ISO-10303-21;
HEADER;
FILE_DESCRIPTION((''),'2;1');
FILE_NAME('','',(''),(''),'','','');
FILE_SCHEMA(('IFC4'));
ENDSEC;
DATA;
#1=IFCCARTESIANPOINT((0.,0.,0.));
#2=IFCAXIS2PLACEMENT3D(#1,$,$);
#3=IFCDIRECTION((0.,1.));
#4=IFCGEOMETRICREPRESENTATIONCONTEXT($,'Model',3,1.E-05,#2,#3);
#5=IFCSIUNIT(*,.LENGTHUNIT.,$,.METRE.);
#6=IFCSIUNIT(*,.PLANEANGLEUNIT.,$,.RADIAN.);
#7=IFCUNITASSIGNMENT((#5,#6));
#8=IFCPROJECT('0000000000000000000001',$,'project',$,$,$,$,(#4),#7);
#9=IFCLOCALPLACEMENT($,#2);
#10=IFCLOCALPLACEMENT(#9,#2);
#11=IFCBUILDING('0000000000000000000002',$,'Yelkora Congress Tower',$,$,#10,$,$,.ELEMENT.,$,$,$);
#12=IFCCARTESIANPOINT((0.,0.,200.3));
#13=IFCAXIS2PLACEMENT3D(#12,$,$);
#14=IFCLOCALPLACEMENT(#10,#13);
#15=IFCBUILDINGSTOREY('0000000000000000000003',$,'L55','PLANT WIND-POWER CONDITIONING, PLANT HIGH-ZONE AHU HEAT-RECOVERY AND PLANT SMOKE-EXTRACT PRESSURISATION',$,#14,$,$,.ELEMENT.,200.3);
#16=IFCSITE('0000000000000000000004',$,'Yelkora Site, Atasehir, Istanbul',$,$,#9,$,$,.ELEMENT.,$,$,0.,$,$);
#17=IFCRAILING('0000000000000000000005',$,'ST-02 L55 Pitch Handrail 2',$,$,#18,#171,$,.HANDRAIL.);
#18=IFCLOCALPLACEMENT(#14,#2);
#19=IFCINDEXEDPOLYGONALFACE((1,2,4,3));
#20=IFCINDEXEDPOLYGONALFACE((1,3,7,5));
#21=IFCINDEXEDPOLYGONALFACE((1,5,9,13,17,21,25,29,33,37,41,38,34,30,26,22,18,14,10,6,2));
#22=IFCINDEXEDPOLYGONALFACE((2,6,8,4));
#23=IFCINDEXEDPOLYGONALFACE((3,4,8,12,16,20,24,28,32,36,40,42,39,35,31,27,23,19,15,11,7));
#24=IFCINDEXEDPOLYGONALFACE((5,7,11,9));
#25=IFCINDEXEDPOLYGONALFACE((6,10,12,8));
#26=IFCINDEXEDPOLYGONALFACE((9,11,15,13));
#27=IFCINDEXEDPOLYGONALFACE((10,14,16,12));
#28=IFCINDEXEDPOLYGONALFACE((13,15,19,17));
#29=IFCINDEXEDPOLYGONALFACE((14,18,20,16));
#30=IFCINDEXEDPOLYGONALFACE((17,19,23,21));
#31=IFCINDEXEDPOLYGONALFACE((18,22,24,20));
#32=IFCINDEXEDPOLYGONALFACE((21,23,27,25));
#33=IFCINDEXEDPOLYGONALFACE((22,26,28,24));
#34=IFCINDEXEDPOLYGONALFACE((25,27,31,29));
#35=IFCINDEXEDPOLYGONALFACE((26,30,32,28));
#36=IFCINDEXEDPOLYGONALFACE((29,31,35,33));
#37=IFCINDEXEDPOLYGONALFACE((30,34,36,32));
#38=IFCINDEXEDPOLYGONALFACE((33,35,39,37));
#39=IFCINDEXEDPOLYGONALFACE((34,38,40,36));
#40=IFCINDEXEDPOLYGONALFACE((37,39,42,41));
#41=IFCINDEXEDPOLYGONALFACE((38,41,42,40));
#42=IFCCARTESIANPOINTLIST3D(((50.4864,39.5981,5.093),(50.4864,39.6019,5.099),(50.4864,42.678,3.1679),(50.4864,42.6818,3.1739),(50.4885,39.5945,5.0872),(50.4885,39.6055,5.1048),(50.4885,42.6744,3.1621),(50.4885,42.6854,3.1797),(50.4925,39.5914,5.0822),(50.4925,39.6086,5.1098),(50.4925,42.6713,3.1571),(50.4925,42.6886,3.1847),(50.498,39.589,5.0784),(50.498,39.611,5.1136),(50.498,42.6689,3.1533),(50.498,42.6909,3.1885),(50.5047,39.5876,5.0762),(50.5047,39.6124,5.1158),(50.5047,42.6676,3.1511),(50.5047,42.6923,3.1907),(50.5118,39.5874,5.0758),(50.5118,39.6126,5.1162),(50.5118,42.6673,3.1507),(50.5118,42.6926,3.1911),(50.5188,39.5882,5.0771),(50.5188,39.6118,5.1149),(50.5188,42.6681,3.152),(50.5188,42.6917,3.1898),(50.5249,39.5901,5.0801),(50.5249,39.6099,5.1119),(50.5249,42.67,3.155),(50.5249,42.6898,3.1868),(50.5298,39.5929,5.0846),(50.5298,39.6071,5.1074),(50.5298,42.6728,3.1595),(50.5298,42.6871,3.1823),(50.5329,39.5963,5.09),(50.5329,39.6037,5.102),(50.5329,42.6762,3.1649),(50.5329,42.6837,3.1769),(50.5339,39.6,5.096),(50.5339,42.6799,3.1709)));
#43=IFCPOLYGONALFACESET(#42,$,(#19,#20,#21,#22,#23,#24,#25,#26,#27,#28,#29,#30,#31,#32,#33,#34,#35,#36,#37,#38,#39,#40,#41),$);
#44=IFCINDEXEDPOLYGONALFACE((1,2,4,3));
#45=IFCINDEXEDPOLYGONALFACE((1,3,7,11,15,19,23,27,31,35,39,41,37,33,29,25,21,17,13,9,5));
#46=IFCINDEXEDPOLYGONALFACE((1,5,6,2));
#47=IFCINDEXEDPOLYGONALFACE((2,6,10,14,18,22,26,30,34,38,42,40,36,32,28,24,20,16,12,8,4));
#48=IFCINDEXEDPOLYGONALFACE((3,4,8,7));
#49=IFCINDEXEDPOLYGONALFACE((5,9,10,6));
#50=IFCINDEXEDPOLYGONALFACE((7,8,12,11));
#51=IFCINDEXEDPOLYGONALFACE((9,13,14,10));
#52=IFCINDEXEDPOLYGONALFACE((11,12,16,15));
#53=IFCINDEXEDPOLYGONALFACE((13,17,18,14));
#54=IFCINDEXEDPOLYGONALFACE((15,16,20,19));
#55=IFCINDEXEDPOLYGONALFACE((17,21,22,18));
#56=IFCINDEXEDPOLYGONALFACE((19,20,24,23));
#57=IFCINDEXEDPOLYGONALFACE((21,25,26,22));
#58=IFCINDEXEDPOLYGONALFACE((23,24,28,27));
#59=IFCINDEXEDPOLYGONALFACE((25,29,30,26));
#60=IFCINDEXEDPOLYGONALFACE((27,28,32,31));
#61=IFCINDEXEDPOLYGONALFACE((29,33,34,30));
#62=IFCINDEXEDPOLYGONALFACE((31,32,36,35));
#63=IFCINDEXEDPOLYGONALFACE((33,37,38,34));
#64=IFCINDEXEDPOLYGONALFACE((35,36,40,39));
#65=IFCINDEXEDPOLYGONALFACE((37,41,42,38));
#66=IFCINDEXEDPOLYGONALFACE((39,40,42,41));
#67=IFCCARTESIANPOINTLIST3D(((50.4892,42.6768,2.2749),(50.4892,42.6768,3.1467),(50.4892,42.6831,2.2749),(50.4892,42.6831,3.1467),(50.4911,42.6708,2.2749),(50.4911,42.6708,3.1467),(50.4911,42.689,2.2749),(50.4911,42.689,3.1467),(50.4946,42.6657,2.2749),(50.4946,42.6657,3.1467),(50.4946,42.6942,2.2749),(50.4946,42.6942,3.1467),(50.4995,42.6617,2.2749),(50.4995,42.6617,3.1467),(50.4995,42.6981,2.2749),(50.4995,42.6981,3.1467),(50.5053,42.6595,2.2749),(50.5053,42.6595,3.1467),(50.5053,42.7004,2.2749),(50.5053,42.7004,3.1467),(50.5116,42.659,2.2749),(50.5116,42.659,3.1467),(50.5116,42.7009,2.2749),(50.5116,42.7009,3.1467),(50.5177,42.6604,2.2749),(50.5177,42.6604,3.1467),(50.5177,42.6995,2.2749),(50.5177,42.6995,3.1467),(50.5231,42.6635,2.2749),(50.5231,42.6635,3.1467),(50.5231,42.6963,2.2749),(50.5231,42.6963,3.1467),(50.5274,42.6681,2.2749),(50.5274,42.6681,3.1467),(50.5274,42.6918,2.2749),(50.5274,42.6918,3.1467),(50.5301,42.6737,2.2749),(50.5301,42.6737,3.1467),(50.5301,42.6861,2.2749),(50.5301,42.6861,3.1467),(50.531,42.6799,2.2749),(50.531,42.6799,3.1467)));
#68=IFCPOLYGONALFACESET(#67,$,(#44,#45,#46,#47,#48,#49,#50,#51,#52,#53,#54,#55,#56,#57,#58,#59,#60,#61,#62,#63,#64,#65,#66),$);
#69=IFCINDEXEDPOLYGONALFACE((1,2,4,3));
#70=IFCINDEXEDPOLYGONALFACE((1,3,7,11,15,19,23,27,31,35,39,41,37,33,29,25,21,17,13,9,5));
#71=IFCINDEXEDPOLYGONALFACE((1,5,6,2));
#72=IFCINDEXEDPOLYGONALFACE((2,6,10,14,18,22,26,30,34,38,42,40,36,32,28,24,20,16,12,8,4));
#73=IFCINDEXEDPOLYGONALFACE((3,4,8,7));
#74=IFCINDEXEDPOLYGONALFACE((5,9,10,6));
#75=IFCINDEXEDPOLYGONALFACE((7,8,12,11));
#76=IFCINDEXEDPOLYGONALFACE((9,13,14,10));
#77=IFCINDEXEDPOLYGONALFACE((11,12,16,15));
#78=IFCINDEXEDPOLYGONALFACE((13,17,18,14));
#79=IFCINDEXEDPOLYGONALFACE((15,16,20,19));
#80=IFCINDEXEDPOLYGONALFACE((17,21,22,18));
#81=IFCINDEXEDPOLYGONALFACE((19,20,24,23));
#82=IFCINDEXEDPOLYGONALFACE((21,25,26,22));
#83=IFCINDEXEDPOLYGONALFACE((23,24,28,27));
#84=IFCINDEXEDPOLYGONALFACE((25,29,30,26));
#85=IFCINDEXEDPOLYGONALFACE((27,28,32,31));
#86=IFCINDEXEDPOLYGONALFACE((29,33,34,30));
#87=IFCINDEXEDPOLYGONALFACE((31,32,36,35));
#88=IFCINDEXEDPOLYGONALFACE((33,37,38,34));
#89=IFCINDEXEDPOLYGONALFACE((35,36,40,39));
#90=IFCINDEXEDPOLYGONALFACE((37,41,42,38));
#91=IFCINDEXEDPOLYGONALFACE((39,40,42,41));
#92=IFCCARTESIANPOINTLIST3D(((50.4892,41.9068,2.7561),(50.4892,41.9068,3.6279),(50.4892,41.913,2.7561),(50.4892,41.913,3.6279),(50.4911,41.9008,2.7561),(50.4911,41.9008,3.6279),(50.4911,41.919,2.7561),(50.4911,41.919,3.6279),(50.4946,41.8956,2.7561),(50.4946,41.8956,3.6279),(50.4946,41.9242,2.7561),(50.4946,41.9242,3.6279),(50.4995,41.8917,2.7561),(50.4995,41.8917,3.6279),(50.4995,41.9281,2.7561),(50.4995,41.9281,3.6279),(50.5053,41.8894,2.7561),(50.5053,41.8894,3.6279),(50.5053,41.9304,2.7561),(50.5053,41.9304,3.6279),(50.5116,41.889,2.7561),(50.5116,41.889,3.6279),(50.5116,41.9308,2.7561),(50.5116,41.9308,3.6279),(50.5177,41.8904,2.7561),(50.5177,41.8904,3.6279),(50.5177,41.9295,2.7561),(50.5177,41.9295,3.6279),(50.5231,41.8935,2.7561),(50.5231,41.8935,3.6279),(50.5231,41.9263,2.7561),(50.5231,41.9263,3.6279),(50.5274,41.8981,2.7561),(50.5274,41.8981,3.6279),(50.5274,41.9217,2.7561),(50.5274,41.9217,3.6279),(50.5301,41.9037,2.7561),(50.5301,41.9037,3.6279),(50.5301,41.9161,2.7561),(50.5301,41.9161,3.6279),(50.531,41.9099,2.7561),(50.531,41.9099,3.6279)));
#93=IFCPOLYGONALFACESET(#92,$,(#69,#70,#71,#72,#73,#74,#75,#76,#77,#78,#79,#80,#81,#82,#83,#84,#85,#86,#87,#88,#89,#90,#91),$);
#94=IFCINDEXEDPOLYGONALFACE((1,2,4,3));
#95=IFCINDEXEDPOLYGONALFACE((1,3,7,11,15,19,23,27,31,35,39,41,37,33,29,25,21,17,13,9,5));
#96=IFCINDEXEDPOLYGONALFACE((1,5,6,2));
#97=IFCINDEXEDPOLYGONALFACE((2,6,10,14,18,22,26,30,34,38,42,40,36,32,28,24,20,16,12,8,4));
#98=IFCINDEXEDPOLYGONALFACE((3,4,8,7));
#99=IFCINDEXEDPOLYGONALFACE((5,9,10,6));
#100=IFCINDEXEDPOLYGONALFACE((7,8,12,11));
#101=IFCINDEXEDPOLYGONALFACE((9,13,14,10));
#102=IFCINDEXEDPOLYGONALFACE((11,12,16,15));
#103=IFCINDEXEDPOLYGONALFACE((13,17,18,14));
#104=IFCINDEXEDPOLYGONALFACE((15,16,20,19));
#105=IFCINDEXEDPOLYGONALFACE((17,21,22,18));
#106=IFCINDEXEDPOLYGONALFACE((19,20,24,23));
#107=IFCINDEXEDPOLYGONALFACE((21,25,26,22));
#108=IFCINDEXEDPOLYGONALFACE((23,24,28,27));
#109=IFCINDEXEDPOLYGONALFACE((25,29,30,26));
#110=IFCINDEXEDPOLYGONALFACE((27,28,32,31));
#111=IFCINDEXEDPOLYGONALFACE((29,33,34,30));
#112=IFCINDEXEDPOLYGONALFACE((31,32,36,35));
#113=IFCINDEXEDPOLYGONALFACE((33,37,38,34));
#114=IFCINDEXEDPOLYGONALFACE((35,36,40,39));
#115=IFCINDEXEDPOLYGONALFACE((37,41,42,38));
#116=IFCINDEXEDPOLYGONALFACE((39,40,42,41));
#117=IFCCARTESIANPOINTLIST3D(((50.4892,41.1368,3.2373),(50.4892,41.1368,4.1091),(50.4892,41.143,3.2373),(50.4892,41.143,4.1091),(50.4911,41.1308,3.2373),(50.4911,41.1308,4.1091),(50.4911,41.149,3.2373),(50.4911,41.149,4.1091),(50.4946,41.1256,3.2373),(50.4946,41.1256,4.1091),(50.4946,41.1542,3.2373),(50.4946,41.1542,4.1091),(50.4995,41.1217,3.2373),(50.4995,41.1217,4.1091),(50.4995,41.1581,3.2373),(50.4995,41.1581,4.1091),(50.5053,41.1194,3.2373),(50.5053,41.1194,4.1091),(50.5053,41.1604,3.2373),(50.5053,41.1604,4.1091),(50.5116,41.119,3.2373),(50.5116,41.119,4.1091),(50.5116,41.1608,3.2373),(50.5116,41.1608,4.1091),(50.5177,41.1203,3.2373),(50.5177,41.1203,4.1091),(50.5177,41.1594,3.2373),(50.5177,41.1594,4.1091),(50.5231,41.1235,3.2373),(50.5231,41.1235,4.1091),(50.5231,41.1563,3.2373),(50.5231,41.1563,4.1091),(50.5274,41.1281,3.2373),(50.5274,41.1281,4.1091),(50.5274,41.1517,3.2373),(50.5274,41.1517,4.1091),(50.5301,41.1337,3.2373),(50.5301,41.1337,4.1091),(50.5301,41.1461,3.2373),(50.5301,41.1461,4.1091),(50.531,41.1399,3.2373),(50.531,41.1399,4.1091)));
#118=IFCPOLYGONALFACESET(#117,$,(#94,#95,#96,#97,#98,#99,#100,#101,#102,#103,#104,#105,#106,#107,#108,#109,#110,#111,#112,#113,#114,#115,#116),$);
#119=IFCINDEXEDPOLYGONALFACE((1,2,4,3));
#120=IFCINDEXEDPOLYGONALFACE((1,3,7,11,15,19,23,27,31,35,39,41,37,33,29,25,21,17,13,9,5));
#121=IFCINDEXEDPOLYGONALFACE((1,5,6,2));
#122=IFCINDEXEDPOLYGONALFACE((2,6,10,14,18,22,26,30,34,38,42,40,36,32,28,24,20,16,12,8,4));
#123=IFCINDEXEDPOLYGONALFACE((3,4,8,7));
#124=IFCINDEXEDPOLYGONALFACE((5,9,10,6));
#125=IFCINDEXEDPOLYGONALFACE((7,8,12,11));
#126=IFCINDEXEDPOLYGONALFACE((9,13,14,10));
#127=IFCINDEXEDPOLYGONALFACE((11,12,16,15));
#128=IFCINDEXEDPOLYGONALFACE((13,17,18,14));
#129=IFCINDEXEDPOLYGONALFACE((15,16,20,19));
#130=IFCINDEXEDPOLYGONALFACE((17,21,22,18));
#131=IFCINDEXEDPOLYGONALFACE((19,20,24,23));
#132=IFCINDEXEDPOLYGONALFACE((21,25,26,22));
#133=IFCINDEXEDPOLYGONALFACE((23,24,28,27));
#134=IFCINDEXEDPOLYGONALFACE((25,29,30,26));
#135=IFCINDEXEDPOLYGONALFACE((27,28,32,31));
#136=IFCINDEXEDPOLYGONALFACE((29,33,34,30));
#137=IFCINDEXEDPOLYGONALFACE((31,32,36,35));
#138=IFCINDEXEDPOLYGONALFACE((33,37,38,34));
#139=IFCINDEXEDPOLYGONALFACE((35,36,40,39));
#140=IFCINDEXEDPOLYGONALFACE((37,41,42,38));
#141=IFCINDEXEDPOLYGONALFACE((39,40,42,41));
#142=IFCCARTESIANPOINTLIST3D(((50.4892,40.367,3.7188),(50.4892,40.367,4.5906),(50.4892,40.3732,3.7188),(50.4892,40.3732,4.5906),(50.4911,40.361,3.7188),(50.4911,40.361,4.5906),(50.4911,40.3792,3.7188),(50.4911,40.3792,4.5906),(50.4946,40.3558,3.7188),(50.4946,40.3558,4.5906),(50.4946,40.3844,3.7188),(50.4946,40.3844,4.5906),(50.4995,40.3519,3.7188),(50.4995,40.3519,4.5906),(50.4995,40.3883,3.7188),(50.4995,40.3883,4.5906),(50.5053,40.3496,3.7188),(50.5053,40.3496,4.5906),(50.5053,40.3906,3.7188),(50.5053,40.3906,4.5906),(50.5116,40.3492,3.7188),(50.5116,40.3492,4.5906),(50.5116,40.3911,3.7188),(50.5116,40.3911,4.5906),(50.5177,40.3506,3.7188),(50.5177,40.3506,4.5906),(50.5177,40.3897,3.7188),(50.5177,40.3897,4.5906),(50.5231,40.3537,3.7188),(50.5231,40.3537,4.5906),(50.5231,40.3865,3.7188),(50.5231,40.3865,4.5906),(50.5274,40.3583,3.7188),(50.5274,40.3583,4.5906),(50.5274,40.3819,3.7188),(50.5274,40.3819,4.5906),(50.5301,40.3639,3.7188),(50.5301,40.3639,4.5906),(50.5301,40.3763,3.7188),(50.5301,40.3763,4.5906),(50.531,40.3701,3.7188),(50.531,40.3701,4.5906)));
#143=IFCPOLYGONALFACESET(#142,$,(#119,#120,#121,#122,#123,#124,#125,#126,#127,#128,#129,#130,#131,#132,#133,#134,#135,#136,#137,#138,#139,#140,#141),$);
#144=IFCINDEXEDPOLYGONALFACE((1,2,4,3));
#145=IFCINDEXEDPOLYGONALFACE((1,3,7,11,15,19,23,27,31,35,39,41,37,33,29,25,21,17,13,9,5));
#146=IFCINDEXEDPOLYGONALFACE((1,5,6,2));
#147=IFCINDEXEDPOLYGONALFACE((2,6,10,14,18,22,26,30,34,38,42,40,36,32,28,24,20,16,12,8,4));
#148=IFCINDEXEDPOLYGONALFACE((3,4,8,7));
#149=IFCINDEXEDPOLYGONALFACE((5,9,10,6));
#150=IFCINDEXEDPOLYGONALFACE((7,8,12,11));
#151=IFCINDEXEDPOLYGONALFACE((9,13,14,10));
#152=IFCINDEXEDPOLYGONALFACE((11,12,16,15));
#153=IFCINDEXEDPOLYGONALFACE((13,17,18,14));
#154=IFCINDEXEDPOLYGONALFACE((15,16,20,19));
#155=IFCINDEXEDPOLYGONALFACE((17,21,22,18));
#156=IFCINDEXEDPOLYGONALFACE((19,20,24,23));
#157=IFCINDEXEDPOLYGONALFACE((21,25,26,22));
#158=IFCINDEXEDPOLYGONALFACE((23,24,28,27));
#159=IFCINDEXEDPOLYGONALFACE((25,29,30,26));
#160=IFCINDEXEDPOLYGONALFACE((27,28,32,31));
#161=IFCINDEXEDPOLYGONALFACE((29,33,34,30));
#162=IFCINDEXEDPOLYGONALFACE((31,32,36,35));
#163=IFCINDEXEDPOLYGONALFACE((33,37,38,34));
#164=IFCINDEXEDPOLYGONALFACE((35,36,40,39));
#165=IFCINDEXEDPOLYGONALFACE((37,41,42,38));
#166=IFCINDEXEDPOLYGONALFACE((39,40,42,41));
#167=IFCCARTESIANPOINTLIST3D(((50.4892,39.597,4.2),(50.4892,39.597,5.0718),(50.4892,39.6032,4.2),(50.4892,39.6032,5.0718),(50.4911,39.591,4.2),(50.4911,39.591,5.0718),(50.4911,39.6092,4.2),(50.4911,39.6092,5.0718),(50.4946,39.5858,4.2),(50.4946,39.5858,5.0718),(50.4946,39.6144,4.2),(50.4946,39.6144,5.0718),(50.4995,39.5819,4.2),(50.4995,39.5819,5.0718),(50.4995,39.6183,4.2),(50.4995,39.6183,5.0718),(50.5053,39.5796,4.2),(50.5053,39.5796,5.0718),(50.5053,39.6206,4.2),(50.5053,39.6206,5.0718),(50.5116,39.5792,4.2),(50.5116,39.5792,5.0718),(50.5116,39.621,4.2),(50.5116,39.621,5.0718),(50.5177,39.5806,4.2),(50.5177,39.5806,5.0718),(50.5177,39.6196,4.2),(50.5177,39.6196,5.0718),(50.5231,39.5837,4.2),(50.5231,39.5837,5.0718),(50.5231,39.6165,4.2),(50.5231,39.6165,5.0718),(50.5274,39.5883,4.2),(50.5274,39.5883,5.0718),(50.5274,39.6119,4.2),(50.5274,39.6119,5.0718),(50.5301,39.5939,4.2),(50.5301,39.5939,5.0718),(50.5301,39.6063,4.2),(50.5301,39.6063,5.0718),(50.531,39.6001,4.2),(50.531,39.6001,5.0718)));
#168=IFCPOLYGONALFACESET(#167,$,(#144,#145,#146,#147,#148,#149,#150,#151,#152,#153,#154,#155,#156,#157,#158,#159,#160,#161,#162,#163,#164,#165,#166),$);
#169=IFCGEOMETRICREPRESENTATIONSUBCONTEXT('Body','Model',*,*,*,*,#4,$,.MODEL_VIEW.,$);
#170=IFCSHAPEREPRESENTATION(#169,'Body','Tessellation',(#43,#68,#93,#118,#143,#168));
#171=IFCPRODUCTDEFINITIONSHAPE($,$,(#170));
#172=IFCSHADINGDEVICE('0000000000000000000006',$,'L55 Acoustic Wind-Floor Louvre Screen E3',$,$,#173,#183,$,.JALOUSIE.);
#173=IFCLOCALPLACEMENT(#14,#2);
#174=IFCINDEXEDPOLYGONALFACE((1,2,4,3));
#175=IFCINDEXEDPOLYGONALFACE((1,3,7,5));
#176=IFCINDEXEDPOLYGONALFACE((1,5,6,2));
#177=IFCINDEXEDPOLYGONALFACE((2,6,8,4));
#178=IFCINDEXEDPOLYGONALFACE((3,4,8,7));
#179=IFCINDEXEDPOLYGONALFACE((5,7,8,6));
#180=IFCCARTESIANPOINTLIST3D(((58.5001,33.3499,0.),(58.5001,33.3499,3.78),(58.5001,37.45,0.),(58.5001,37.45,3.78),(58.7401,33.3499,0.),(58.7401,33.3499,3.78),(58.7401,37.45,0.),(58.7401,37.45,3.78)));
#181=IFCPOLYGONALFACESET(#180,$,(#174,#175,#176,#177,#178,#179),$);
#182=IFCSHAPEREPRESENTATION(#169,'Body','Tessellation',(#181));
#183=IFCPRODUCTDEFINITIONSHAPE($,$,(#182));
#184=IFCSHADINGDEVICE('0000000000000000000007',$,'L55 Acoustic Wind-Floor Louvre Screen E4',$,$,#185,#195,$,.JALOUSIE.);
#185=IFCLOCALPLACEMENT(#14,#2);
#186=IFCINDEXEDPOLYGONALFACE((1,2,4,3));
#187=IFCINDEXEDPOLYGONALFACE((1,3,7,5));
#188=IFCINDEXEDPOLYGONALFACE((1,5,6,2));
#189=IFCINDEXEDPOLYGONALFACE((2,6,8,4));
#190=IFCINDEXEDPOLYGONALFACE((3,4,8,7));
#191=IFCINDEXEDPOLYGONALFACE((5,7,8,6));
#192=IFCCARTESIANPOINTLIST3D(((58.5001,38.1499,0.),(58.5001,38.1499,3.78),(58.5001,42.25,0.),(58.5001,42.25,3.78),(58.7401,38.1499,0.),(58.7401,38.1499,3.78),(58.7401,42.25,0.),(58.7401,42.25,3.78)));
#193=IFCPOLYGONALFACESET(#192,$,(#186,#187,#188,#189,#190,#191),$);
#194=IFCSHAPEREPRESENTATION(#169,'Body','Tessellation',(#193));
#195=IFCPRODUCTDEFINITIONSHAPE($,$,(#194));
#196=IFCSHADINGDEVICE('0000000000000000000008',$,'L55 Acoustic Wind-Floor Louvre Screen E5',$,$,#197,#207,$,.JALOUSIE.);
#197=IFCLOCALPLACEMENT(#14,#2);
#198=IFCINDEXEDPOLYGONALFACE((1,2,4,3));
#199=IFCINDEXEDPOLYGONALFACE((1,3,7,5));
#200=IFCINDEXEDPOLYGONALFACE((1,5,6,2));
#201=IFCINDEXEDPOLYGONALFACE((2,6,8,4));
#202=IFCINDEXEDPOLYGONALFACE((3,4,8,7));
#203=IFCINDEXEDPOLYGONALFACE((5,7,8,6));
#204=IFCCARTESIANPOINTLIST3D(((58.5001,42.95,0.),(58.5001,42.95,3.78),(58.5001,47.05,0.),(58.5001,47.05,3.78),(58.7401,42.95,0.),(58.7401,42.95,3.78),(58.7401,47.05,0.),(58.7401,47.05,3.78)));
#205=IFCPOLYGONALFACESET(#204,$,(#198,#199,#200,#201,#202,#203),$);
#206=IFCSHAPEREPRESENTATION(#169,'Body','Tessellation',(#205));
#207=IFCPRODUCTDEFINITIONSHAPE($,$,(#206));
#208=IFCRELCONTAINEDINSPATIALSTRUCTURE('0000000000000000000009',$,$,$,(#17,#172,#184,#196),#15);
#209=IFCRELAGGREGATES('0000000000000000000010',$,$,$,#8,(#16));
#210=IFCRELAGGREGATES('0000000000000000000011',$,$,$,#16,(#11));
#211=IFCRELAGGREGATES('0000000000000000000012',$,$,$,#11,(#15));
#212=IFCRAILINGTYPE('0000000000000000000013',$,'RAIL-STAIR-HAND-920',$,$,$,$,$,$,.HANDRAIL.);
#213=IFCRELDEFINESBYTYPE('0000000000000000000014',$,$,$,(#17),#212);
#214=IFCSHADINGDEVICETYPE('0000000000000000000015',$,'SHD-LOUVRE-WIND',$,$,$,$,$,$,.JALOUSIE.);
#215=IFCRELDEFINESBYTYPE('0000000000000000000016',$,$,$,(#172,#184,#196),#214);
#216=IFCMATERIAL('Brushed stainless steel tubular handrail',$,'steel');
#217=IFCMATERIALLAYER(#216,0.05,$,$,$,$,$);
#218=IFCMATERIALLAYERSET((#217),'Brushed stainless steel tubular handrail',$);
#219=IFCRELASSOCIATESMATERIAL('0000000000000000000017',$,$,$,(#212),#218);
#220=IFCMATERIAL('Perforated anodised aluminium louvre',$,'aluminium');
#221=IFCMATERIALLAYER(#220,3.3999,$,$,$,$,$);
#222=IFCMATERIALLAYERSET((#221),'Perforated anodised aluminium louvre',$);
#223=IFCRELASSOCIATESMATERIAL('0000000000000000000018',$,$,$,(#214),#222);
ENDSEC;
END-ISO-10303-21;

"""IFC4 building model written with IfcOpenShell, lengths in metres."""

from ifc_helpers import new_model, si_unit, direction, frame, origin, origin_2d, place, context, subcontext, project, spatial, rectangle, circle, extrude, material, layer, layer_set, type_object, element, save


model = new_model("IFC4")

# Units and contexts
model_context = context("Model", 3, precision=1e-05, world=origin(), true_north=direction((0.0, 1.0)))
body_context = subcontext(model_context, "Body", "Model", "MODEL_VIEW")
ifc_project = project(units=[si_unit("LENGTHUNIT", "METRE"), si_unit("PLANEANGLEUNIT", "RADIAN")], contexts=[model_context])

# Site, building, storey
site_placement = place(None, origin())
site = spatial("IfcSite", under=ifc_project, at=site_placement, Name="Yelkora Site, Atasehir, Istanbul", CompositionType="ELEMENT", RefElevation=0.0)
building_placement = place(site_placement, origin())
building = spatial("IfcBuilding", under=site, at=building_placement, Name="Yelkora Congress Tower", CompositionType="ELEMENT")
storey_placement = place(building_placement, frame((0.0, 0.0, 200.3)))
storey = spatial("IfcBuildingStorey", under=building, at=storey_placement, Name="L55", Description="PLANT WIND-POWER CONDITIONING, PLANT HIGH-ZONE AHU HEAT-RECOVERY AND PLANT SMOKE-EXTRACT PRESSURISATION", CompositionType="ELEMENT", Elevation=200.3)

# Railing
ifc_material_1 = material(Name="Brushed stainless steel tubular handrail", Category="steel")
ifc_layer_1 = layer(ifc_material_1, 0.05)
ifc_layer_set_1 = layer_set([ifc_layer_1], Name="Brushed stainless steel tubular handrail")
railing_type_1 = type_object("IfcRailingType", Name="RAIL-STAIR-HAND-920", PredefinedType="HANDRAIL", material=ifc_layer_set_1)
railing_1_placement = place(storey_placement, frame((50.51, 42.6799, 2.2749)))
element("IfcRailing", 1, at=railing_1_placement, inside=storey, type_object=railing_type_1, Name="ST-02 L55 Pitch Handrail 2", PredefinedType="HANDRAIL", context=body_context, shape_type="SweptSolid", body=[
    extrude(circle(Radius=0.0239, at=origin_2d()), frame((0.0, 0.0, 0.896), z_axis=(0.0, -0.847979, 0.530029), x_axis=(1.0, 0.0, 0.0)), (0.0, 0.0, 1.0), 3.6321),
    extrude(circle(Radius=0.021, at=origin_2d()), origin(), (0.0, 0.0, 1.0), 0.8718),
    extrude(circle(Radius=0.021, at=origin_2d()), frame((0.0, -0.77, 0.4812)), (0.0, 0.0, 1.0), 0.8718),
    extrude(circle(Radius=0.021, at=origin_2d()), frame((0.0, -1.54, 0.9624)), (0.0, 0.0, 1.0), 0.8718),
    extrude(circle(Radius=0.021, at=origin_2d()), frame((0.0, -2.3098, 1.4438)), (0.0, 0.0, 1.0), 0.8718),
    extrude(circle(Radius=0.021, at=origin_2d()), frame((0.0, -3.0798, 1.925)), (0.0, 0.0, 1.0), 0.8718),
])

# Shading devices
ifc_material_2 = material(Name="Perforated anodised aluminium louvre", Category="aluminium")
ifc_layer_2 = layer(ifc_material_2, 3.3999)
ifc_layer_set_2 = layer_set([ifc_layer_2], Name="Perforated anodised aluminium louvre")
shading_device_type = type_object("IfcShadingDeviceType", Name="SHD-LOUVRE-WIND", PredefinedType="JALOUSIE", material=ifc_layer_set_2)
for number, where, z_axis, x_axis, name in (
    (2, (58.6201, 35.3999, 0.0), (0.0, 0.0, 1.0), (1.0, 0.0, 0.0), "L55 Acoustic Wind-Floor Louvre Screen E3"),
    (3, (58.6201, 40.2, 0.0), (0.0, 0.0, 1.0), (1.0, 0.0, 0.0), "L55 Acoustic Wind-Floor Louvre Screen E4"),
    (4, (58.6201, 45.0, 0.0), (0.0, 0.0, 1.0), (1.0, 0.0, 0.0), "L55 Acoustic Wind-Floor Louvre Screen E5"),
):
    element("IfcShadingDevice", number, at=place(storey_placement, frame(where, z_axis=z_axis, x_axis=x_axis)), inside=storey, type_object=shading_device_type, Name=name, PredefinedType="JALOUSIE", context=body_context, shape_type="SweptSolid", body=[
        extrude(rectangle(XDim=0.24, YDim=4.1001, at=origin_2d()), origin(), (0.0, 0.0, 1.0), 3.78),
    ])

save(model, "model.ifc")
